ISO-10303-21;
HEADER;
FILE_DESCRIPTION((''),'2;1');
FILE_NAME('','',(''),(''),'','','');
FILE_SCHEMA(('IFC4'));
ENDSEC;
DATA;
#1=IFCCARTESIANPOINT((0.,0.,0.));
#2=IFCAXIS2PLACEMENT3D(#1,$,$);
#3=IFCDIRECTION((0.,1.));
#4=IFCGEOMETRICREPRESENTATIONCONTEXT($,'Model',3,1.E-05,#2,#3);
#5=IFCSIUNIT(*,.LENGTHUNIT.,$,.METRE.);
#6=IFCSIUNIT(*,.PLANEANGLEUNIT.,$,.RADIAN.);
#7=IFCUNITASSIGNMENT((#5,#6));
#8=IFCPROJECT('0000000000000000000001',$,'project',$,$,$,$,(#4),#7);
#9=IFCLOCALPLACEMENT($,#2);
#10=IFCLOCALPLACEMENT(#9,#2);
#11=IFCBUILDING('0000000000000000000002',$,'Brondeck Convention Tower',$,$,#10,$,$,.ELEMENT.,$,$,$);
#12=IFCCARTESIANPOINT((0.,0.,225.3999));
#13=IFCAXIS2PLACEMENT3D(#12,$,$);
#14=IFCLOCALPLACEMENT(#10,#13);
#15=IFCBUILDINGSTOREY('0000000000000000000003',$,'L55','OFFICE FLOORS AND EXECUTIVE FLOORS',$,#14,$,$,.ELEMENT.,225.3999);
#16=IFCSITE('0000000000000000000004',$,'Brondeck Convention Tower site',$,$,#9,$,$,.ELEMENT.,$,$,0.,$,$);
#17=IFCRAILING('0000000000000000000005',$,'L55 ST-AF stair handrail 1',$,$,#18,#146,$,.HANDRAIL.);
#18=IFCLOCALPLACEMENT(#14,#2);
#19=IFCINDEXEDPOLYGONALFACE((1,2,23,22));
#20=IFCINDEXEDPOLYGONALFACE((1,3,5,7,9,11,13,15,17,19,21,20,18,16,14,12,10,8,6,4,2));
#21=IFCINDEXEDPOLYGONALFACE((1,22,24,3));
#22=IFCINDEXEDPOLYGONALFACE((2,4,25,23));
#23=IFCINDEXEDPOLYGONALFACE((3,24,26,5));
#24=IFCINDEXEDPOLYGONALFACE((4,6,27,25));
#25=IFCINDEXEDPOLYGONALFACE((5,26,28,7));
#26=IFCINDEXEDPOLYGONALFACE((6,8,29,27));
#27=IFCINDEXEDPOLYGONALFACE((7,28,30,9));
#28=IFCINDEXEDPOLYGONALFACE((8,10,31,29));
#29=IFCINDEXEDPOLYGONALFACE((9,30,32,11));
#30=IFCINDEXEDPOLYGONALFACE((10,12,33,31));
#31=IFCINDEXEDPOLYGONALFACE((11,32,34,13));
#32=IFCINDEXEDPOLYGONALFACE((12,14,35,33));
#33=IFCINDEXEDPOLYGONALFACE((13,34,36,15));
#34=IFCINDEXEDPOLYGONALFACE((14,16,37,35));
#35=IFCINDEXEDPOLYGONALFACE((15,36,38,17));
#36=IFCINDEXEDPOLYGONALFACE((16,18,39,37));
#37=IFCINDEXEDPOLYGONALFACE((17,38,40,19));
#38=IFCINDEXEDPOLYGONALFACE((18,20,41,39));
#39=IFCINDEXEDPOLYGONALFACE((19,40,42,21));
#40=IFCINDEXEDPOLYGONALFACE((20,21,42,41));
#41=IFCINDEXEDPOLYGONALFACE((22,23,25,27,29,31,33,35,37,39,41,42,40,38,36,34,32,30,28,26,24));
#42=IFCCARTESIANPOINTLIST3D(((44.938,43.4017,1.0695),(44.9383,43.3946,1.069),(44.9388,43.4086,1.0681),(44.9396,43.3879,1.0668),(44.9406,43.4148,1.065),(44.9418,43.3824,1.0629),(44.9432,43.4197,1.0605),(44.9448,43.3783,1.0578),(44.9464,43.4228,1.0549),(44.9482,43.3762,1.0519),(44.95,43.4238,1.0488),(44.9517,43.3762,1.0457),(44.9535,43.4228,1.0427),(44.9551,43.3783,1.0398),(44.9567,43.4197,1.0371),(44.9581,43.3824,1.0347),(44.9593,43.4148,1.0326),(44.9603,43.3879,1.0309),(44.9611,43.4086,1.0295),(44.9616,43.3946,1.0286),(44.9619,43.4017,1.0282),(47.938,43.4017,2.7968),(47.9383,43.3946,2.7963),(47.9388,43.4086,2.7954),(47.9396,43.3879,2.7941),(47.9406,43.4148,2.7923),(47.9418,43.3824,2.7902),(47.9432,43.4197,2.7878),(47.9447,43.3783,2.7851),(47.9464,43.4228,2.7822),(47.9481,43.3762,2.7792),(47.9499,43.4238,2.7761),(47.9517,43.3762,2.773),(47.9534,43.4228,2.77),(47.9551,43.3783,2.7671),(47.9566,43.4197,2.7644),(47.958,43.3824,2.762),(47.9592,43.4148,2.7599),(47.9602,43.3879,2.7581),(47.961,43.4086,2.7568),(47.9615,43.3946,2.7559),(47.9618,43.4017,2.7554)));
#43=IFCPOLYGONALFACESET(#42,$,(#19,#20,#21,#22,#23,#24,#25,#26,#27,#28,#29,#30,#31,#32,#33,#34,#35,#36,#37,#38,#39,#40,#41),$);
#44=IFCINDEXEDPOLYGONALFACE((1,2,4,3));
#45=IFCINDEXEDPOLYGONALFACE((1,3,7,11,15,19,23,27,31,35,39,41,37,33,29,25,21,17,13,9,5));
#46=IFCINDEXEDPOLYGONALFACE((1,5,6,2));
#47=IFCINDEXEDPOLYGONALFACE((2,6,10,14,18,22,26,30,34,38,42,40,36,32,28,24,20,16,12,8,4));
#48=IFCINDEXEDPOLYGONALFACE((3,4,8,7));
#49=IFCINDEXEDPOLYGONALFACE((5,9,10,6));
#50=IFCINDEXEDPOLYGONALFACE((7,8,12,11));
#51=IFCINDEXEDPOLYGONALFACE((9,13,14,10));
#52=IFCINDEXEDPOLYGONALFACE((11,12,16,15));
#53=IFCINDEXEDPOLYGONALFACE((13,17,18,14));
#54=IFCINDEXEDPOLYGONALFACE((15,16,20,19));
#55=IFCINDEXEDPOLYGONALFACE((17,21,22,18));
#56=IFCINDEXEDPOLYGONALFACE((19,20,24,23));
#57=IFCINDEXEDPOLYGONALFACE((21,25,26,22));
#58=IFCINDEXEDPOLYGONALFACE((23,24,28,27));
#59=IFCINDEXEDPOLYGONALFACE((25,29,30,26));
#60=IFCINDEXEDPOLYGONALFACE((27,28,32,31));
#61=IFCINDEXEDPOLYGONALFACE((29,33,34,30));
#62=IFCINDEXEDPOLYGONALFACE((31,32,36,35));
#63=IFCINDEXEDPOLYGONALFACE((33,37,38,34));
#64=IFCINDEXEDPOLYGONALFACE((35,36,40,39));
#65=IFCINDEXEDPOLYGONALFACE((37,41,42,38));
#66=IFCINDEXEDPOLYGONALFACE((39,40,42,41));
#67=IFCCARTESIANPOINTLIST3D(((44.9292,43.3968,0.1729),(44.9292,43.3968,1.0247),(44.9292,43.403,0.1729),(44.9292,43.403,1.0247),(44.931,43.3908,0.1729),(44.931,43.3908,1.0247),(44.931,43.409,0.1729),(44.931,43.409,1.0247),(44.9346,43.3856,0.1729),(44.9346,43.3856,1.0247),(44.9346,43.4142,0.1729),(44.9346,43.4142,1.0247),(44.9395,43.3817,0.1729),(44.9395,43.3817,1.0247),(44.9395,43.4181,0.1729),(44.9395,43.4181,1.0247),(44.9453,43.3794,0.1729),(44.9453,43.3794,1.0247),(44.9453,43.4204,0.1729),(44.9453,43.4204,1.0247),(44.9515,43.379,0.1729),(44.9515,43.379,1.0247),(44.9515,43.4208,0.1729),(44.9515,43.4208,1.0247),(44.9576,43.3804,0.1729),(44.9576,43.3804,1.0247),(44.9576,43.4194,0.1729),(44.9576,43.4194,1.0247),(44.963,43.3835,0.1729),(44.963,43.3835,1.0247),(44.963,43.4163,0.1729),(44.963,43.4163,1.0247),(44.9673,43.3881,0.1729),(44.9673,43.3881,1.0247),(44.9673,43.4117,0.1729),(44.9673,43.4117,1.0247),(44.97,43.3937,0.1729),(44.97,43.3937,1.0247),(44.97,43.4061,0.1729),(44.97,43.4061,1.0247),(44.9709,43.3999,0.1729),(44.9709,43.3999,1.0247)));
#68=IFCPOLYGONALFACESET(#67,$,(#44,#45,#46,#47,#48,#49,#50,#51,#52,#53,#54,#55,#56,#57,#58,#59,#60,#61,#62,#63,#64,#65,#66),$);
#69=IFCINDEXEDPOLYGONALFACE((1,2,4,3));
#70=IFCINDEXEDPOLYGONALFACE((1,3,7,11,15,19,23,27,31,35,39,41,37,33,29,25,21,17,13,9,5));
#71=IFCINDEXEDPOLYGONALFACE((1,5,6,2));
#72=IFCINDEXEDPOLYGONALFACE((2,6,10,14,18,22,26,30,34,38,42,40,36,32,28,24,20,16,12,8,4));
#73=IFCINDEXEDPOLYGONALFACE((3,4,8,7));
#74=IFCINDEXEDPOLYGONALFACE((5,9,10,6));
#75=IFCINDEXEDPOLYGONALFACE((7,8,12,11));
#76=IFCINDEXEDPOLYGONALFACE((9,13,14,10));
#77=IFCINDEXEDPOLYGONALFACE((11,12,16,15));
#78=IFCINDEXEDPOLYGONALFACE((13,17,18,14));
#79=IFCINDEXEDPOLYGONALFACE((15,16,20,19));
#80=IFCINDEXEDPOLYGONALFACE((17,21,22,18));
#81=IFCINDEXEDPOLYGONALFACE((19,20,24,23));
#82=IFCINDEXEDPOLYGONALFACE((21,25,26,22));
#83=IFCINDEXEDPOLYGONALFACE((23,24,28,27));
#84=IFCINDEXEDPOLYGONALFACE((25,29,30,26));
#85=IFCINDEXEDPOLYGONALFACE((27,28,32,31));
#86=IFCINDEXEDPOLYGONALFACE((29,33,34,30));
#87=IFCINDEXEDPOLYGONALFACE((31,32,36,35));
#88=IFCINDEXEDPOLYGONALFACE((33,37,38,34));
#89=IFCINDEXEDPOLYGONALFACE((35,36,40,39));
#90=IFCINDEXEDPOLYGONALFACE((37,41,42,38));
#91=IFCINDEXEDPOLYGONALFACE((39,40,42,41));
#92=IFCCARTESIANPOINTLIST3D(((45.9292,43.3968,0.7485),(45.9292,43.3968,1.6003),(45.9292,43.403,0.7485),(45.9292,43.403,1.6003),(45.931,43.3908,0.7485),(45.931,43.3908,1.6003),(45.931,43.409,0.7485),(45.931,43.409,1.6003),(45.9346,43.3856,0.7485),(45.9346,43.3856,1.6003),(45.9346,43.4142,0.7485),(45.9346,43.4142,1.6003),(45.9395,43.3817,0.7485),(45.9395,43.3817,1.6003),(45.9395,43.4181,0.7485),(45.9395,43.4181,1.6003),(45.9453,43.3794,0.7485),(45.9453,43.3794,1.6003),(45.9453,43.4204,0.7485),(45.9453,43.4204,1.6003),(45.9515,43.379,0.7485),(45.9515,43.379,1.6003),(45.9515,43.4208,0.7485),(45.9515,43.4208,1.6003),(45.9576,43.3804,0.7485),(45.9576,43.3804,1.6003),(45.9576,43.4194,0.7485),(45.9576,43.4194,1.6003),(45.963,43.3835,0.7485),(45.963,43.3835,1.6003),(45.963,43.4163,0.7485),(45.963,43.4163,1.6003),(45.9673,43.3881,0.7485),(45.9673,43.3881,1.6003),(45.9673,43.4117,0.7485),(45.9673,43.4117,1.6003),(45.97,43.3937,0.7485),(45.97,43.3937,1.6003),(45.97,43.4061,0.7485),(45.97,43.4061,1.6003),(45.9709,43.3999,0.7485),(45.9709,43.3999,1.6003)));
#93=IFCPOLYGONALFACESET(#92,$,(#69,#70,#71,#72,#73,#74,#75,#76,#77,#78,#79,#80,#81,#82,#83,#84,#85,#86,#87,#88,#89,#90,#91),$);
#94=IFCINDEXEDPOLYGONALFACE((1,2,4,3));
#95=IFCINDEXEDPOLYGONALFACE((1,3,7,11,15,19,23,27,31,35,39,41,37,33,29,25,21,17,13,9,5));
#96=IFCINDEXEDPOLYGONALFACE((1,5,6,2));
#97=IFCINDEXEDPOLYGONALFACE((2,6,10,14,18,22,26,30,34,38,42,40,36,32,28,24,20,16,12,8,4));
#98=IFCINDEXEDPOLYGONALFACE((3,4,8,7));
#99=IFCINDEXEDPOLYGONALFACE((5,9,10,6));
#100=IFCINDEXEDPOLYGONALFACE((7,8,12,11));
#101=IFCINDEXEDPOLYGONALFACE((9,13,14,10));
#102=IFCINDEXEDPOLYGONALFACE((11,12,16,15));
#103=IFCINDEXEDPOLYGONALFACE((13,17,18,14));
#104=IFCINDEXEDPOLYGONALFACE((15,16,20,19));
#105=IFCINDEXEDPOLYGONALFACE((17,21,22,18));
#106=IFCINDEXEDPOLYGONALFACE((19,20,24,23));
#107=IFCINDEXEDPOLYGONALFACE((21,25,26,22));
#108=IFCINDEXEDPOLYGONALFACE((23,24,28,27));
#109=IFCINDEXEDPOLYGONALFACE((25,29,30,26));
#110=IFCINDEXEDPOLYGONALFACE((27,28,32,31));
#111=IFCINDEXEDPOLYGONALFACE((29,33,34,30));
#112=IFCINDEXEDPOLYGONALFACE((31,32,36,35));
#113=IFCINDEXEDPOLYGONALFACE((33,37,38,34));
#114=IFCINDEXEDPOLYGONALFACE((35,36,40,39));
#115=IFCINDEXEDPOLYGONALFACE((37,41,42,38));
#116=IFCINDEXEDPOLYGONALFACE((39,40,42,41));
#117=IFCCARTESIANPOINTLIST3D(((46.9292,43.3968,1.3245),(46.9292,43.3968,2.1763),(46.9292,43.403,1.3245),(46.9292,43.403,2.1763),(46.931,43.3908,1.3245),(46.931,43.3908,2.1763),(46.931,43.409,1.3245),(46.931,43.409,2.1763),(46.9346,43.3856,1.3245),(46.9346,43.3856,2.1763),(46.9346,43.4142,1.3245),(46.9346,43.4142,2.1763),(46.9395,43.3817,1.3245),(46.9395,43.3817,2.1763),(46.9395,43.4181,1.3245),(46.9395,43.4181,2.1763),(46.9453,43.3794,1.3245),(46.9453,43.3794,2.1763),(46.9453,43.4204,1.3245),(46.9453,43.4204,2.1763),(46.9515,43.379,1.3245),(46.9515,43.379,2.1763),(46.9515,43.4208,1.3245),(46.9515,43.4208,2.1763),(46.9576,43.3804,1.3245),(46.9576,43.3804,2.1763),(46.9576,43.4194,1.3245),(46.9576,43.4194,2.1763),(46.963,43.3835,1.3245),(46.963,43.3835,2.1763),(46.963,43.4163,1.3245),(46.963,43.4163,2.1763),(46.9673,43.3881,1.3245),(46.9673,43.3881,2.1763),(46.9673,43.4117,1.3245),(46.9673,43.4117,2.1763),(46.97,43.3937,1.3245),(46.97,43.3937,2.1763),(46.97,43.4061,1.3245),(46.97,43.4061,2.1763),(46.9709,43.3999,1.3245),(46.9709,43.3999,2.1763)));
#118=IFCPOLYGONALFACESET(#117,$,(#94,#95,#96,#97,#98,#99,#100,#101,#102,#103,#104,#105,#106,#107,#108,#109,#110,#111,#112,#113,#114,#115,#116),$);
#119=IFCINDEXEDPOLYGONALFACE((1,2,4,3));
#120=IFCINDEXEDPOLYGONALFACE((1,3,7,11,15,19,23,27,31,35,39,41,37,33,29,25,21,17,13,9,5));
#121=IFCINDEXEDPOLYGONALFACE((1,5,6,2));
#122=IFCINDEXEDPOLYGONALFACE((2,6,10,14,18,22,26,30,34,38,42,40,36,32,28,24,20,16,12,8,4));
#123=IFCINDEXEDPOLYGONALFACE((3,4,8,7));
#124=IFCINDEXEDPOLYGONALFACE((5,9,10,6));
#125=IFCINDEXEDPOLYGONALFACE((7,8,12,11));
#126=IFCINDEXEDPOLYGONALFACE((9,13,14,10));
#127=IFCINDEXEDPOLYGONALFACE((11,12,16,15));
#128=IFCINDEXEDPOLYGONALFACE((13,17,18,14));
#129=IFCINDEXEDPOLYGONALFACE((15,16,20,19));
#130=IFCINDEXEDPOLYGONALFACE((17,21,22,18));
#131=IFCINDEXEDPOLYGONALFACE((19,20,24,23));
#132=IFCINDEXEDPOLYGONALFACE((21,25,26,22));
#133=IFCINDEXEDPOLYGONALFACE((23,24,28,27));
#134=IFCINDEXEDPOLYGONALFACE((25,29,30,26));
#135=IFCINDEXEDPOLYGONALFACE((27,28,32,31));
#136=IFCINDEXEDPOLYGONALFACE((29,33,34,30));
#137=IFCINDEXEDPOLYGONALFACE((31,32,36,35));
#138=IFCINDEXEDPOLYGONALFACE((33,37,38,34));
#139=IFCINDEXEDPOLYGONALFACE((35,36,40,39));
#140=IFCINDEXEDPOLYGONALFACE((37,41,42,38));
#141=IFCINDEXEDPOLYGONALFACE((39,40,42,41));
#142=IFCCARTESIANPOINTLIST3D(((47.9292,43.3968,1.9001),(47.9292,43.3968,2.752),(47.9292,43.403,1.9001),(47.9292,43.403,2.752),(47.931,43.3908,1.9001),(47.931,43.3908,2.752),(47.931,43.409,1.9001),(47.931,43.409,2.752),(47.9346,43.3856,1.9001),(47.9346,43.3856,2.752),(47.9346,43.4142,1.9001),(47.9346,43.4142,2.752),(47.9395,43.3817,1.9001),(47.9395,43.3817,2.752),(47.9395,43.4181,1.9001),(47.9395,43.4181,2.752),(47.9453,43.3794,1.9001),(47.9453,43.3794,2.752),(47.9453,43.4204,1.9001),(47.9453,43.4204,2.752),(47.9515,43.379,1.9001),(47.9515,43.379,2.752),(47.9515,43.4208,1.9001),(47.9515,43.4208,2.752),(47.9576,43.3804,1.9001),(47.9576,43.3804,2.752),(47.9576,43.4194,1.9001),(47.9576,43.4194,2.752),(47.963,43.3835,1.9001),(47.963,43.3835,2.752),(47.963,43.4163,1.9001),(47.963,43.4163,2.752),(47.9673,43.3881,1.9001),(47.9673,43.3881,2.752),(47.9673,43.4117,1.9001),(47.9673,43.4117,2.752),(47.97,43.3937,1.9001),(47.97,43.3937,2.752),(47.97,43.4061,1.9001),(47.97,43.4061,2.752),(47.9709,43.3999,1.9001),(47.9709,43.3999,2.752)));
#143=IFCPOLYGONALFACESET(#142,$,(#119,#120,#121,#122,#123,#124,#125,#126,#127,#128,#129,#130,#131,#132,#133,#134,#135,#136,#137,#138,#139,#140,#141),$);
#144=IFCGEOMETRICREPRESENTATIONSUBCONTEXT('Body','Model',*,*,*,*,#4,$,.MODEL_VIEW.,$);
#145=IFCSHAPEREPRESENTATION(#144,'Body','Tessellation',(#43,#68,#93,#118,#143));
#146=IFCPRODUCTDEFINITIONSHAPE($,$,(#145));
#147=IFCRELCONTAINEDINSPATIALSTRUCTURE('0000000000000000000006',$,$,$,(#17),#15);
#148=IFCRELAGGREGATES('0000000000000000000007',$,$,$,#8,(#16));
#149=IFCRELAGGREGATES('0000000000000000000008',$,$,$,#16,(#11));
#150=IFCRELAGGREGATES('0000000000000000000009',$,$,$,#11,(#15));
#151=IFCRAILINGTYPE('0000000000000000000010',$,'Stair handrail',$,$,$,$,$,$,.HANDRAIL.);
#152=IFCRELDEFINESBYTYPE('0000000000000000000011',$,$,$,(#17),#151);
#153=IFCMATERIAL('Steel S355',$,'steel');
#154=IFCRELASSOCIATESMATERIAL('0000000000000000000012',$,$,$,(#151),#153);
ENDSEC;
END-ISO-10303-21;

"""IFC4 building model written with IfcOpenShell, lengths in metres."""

from ifc_helpers import new_model, si_unit, direction, frame, origin, origin_2d, place, context, subcontext, project, spatial, circle, extrude, material, type_object, element, save


model = new_model("IFC4")

# Units and contexts
model_context = context("Model", 3, precision=1e-05, world=origin(), true_north=direction((0.0, 1.0)))
body_context = subcontext(model_context, "Body", "Model", "MODEL_VIEW")
ifc_project = project(units=[si_unit("LENGTHUNIT", "METRE"), si_unit("PLANEANGLEUNIT", "RADIAN")], contexts=[model_context])

# Site, building, storey
site_placement = place(None, origin())
site = spatial("IfcSite", under=ifc_project, at=site_placement, Name="Brondeck Convention Tower site", CompositionType="ELEMENT", RefElevation=0.0)
building_placement = place(site_placement, origin())
building = spatial("IfcBuilding", under=site, at=building_placement, Name="Brondeck Convention Tower", CompositionType="ELEMENT")
storey_placement = place(building_placement, frame((0.0, 0.0, 225.3999)))
storey = spatial("IfcBuildingStorey", under=building, at=storey_placement, Name="L55", Description="OFFICE FLOORS AND EXECUTIVE FLOORS", CompositionType="ELEMENT", Elevation=225.3999)

# Shared definitions
ifc_material_1 = material(Name="Steel S355", Category="steel")

# Railing
railing_type_1 = type_object("IfcRailingType", Name="Stair handrail", PredefinedType="HANDRAIL", material=ifc_material_1)
railing_1_placement = place(storey_placement, frame((44.95, 43.3999, 0.1729)))
element("IfcRailing", 1, at=railing_1_placement, inside=storey, type_object=railing_type_1, Name="L55 ST-AF stair handrail 1", PredefinedType="HANDRAIL", context=body_context, shape_type="SweptSolid", body=[
    extrude(circle(Radius=0.0239, at=origin_2d()), frame((0.0, 0.0, 0.876), z_axis=(0.86662, 0.0, 0.498969), x_axis=(0.0, 1.0, 0.0)), (0.0, 0.0, 1.0), 3.4617),
    extrude(circle(Radius=0.021, at=origin_2d()), origin(), (0.0, 0.0, 1.0), 0.8518),
    extrude(circle(Radius=0.021, at=origin_2d()), frame((1.0, 0.0, 0.5757)), (0.0, 0.0, 1.0), 0.8518),
    extrude(circle(Radius=0.021, at=origin_2d()), frame((2.0, 0.0, 1.1516)), (0.0, 0.0, 1.0), 0.8518),
    extrude(circle(Radius=0.021, at=origin_2d()), frame((3.0, 0.0, 1.7273)), (0.0, 0.0, 1.0), 0.8518),
])

save(model, "model.ifc")
